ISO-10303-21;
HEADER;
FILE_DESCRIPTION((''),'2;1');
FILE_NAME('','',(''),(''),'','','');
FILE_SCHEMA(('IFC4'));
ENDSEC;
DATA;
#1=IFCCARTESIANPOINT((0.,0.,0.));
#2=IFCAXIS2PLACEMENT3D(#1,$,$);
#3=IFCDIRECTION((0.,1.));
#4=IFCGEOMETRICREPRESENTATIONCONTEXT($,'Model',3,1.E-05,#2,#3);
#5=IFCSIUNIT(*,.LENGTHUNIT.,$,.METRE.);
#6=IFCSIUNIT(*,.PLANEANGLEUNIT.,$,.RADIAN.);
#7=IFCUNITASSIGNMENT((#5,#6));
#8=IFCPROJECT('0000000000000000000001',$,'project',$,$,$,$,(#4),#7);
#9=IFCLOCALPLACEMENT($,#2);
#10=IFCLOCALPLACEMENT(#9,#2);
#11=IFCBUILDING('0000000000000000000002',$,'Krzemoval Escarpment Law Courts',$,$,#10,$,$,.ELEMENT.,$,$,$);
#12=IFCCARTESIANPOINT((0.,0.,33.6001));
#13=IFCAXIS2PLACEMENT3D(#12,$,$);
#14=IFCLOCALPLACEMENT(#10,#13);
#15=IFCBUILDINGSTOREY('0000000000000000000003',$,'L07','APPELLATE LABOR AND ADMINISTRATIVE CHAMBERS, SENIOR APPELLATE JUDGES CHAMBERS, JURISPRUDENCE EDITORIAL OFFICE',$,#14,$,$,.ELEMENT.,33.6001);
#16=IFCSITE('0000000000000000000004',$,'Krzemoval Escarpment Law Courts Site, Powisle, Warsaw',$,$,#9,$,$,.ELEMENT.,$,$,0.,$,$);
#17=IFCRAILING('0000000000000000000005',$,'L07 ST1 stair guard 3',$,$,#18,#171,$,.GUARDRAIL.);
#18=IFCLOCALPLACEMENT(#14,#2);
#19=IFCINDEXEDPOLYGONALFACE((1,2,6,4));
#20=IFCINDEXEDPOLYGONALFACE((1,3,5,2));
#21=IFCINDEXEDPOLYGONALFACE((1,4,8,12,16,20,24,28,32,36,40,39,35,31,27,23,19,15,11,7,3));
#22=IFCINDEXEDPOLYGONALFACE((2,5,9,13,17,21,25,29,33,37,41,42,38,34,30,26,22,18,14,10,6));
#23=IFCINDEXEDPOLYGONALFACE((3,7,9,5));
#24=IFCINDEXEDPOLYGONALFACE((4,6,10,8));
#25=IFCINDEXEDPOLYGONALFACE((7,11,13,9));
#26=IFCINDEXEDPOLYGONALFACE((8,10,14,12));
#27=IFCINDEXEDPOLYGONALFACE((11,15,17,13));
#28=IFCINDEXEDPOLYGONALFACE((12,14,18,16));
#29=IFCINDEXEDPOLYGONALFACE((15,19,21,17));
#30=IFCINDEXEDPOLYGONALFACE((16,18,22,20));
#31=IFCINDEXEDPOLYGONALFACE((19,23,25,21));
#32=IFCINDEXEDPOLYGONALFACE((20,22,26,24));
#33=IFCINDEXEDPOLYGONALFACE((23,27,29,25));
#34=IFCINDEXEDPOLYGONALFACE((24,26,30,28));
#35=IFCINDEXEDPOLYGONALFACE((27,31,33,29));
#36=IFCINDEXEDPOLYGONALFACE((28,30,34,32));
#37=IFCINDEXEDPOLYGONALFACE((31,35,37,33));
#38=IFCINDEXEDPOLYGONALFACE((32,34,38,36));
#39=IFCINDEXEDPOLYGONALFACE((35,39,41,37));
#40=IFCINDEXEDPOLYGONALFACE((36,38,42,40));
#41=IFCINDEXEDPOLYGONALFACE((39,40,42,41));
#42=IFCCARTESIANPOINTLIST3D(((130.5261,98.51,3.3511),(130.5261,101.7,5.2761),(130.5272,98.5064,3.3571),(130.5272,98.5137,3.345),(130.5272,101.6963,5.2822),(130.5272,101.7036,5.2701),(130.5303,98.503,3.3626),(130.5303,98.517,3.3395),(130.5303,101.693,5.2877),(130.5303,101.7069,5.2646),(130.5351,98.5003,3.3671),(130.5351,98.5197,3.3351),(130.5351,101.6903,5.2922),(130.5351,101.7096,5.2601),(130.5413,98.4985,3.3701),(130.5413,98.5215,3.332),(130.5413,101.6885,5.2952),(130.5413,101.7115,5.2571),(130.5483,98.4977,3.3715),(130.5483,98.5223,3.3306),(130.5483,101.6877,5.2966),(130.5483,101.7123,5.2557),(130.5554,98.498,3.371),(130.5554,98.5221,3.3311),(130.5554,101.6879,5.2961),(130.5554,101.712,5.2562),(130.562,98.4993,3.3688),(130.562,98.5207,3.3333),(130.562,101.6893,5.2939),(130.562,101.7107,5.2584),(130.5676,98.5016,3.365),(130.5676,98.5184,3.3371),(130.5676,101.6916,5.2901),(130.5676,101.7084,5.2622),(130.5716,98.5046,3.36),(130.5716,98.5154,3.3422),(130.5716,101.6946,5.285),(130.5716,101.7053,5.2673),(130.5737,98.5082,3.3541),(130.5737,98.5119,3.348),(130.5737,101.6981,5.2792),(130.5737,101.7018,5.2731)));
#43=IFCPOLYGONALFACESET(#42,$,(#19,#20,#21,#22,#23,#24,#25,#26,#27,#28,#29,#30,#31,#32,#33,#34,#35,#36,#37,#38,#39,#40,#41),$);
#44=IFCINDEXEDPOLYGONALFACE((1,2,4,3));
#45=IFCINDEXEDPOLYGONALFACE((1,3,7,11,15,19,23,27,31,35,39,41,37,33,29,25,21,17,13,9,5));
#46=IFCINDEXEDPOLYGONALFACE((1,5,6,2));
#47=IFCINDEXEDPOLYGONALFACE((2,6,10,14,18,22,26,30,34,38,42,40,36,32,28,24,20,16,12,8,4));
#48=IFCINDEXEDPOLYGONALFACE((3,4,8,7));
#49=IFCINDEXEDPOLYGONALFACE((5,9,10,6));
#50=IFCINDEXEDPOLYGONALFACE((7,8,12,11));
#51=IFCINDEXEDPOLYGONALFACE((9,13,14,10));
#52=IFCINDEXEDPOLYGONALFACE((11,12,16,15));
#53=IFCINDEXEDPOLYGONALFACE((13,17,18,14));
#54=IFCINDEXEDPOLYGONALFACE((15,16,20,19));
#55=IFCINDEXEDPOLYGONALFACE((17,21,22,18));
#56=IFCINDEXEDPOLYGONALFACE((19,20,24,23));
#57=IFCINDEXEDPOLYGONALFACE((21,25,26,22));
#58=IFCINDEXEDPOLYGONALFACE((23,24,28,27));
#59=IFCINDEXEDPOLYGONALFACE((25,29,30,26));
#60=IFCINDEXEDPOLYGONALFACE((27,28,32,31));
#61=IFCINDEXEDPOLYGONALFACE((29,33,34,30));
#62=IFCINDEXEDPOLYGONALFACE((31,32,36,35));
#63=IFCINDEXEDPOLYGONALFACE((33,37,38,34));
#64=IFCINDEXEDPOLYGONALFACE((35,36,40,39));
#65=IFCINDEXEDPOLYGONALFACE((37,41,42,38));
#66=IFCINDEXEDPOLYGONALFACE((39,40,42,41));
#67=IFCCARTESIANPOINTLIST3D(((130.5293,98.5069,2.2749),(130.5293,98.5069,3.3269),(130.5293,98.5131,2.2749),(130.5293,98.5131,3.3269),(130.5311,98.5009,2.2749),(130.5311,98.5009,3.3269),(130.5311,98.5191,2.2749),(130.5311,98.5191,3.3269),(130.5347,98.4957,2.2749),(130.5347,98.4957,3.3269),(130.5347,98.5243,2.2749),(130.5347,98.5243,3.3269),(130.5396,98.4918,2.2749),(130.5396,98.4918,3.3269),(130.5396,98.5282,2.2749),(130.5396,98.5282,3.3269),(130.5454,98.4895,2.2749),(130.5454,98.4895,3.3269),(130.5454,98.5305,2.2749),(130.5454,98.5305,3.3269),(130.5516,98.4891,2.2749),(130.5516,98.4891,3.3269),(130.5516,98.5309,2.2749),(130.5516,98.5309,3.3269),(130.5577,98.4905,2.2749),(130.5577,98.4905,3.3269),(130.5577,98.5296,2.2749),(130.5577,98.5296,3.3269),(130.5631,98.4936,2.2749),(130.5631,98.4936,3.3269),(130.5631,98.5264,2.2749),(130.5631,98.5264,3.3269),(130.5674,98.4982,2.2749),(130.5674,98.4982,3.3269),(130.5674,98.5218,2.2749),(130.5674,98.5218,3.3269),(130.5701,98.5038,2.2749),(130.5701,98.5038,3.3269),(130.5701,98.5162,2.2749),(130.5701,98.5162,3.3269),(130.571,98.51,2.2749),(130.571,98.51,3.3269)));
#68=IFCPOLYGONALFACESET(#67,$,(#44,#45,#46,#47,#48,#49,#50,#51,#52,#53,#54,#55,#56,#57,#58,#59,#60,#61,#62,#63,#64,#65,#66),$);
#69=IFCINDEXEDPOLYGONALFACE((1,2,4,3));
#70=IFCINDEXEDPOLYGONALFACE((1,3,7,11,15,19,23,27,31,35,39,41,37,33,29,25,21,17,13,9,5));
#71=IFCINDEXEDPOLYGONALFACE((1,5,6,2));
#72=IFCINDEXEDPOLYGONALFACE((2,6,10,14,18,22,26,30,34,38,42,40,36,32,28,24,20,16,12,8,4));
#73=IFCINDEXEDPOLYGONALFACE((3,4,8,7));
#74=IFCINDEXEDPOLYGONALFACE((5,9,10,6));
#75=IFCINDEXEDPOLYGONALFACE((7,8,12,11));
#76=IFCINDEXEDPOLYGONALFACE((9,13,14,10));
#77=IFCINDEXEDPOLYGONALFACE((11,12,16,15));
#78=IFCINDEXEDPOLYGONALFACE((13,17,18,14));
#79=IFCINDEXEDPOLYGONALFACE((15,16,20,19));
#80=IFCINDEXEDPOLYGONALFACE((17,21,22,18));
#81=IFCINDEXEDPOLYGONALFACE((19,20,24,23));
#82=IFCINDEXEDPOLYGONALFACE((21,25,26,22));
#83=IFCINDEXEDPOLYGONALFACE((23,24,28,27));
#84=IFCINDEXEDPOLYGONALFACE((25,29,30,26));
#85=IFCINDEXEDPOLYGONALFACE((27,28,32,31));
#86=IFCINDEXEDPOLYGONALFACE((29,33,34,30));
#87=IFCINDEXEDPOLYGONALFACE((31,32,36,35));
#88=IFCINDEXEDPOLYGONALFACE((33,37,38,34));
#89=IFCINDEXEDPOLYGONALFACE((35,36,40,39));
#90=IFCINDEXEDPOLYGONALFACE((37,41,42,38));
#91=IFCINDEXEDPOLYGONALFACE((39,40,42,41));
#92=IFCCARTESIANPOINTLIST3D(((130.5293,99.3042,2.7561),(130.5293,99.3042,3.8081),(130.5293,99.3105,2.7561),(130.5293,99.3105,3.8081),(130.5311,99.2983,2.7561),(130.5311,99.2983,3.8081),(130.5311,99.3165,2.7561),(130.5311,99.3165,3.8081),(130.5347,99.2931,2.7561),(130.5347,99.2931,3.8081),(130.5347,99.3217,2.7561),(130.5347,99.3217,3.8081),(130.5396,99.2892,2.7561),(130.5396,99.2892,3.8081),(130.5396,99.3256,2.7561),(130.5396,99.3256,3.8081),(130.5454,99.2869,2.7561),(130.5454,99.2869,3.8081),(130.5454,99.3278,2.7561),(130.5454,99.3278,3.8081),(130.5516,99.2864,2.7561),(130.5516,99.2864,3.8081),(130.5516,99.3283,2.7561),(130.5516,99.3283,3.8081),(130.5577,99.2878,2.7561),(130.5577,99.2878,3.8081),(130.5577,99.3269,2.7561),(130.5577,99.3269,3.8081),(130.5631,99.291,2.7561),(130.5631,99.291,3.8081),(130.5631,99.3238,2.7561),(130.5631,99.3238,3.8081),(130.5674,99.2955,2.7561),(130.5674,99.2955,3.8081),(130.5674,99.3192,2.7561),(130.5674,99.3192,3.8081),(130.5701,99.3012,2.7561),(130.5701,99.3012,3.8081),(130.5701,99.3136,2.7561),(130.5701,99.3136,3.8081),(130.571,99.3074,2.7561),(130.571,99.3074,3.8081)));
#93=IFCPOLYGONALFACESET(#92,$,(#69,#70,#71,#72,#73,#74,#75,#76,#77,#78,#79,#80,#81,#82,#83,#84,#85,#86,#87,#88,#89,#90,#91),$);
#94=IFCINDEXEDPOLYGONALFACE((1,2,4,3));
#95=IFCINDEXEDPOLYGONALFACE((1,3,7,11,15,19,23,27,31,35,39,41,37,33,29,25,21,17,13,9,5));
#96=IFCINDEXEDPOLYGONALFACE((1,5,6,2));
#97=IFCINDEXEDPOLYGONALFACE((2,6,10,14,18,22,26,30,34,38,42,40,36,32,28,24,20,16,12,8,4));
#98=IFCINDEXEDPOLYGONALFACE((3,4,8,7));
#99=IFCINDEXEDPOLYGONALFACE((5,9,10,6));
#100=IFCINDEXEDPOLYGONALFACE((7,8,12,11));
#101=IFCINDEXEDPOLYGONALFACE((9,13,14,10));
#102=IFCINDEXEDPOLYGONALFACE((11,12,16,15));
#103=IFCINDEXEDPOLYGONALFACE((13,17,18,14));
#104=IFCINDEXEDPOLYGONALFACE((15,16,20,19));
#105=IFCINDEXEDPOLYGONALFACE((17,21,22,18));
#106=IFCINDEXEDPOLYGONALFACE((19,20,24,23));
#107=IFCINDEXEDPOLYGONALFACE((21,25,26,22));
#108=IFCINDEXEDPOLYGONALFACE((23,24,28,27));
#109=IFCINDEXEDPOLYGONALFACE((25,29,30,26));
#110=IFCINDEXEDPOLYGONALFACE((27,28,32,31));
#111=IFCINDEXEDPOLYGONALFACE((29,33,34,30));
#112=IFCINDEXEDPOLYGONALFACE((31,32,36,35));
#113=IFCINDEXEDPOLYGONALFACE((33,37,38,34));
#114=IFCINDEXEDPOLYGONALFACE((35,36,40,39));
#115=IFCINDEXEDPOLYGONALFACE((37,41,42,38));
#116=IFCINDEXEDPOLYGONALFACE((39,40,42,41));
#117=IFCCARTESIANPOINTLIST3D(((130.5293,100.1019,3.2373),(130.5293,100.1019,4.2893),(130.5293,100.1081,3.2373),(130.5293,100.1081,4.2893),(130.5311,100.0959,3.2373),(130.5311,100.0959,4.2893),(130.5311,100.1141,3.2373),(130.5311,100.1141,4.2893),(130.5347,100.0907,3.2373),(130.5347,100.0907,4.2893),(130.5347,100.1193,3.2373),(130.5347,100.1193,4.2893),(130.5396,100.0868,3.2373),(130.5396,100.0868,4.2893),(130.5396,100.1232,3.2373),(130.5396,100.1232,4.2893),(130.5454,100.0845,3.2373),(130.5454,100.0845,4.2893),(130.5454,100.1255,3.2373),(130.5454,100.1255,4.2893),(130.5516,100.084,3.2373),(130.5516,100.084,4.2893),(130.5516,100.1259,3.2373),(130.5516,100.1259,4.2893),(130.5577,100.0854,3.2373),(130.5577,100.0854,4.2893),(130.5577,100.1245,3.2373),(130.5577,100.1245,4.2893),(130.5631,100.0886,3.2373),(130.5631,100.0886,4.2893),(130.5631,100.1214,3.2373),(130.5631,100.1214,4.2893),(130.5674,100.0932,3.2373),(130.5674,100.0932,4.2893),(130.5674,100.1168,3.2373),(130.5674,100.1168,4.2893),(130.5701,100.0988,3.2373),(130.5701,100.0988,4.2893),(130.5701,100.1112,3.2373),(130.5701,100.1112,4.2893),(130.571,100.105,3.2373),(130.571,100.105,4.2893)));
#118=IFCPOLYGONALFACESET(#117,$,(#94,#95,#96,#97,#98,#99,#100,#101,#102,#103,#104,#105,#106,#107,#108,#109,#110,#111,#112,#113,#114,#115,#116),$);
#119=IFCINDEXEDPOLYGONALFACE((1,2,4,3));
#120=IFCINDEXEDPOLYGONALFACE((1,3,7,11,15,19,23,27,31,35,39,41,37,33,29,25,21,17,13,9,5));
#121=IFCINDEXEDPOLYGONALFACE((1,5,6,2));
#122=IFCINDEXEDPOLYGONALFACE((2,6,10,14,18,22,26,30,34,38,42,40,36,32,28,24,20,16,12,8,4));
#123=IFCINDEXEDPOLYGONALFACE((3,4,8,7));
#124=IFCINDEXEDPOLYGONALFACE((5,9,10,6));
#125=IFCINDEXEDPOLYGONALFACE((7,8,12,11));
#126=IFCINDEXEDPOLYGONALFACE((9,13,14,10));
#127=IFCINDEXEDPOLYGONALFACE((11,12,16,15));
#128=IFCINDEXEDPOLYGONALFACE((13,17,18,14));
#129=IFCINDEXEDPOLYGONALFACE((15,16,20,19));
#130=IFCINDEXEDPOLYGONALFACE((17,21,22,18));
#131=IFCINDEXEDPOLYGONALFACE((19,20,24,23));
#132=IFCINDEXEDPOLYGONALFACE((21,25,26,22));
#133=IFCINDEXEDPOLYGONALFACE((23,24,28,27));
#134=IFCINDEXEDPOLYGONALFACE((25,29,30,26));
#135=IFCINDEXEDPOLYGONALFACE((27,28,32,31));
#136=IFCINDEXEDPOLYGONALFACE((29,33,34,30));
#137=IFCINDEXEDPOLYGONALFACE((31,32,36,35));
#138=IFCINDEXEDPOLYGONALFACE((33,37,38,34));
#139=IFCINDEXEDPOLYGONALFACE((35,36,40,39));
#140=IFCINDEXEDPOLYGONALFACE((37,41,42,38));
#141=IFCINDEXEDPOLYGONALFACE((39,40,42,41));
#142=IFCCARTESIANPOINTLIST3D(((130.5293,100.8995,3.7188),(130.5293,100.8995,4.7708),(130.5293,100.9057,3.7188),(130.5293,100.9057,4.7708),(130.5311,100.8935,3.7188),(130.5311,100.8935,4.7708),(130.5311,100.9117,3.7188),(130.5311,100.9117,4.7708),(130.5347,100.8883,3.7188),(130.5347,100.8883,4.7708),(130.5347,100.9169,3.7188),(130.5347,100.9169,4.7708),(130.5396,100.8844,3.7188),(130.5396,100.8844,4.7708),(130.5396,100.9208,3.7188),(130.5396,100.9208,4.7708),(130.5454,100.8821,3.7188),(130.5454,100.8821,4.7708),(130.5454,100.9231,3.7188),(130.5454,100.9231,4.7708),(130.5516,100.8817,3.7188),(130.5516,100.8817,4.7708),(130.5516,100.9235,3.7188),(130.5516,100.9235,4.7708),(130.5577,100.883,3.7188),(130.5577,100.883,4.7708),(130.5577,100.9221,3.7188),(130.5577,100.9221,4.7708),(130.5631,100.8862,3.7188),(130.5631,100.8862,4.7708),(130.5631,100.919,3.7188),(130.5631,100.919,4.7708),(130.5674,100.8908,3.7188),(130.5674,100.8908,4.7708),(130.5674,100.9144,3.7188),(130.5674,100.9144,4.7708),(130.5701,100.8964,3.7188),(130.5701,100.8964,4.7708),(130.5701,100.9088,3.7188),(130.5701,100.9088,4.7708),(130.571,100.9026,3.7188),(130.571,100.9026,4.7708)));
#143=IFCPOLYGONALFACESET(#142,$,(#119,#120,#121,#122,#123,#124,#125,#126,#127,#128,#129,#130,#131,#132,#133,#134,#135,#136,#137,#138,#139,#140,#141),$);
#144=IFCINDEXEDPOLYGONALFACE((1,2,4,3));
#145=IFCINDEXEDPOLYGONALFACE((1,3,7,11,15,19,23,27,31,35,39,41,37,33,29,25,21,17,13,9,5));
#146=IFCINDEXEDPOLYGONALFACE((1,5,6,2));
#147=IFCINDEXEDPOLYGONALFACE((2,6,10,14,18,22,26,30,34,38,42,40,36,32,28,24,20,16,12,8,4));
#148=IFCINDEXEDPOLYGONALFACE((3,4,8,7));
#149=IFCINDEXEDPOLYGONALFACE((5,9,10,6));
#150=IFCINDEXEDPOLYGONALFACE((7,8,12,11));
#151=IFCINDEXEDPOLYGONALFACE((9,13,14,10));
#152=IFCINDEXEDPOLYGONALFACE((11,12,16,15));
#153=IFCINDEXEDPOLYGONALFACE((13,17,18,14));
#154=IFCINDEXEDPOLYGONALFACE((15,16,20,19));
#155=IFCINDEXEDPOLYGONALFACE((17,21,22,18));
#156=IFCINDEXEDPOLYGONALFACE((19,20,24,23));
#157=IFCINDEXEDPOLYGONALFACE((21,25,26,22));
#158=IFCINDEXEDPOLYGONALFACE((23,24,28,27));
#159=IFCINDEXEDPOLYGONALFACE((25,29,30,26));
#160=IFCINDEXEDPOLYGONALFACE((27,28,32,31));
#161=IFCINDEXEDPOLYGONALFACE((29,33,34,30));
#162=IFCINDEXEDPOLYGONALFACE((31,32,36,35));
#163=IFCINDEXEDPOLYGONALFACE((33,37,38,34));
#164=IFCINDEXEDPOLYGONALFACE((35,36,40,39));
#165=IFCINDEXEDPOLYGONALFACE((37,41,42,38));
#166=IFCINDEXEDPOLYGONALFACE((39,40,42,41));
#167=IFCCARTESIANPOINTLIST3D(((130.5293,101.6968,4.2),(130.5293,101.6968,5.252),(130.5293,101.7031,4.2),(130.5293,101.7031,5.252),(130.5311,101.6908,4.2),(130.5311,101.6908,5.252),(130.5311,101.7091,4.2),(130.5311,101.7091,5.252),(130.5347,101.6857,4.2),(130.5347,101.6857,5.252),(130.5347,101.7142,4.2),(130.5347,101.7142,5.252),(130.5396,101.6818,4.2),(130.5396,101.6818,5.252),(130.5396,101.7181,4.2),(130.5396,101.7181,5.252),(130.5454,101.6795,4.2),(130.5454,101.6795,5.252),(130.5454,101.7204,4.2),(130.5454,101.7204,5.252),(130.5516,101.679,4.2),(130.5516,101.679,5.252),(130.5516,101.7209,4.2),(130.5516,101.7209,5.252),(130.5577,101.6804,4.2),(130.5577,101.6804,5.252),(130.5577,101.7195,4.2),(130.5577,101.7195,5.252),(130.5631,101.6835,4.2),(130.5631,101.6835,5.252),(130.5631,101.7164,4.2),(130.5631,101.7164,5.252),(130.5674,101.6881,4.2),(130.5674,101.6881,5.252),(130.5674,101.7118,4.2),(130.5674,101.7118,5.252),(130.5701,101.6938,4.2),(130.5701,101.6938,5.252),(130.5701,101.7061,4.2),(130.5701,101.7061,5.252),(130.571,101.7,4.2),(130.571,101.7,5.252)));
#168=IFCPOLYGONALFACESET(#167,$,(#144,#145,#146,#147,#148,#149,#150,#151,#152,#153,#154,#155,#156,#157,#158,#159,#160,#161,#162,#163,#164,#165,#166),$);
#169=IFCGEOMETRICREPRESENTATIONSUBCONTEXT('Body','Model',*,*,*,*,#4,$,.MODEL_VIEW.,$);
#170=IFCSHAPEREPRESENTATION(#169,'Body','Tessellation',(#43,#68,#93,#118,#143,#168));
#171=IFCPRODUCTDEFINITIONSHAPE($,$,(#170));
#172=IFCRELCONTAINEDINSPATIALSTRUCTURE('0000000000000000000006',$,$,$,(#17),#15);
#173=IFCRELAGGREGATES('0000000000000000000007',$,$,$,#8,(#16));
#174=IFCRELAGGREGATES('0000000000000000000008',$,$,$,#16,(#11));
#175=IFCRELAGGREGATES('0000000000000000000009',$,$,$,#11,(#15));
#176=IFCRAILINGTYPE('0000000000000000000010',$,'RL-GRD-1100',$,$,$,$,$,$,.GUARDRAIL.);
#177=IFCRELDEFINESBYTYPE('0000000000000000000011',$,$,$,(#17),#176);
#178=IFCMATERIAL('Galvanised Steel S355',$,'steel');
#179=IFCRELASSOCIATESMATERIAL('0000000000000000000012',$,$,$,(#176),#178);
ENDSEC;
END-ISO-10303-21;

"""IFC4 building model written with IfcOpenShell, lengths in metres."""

from ifc_helpers import new_model, si_unit, direction, frame, origin, origin_2d, place, context, subcontext, project, spatial, circle, extrude, material, type_object, element, save


model = new_model("IFC4")

# Units and contexts
model_context = context("Model", 3, precision=1e-05, world=origin(), true_north=direction((0.0, 1.0)))
body_context = subcontext(model_context, "Body", "Model", "MODEL_VIEW")
ifc_project = project(units=[si_unit("LENGTHUNIT", "METRE"), si_unit("PLANEANGLEUNIT", "RADIAN")], contexts=[model_context])

# Site, building, storey
site_placement = place(None, origin())
site = spatial("IfcSite", under=ifc_project, at=site_placement, Name="Krzemoval Escarpment Law Courts Site, Powisle, Warsaw", CompositionType="ELEMENT", RefElevation=0.0)
building_placement = place(site_placement, origin())
building = spatial("IfcBuilding", under=site, at=building_placement, Name="Krzemoval Escarpment Law Courts", CompositionType="ELEMENT")
storey_placement = place(building_placement, frame((0.0, 0.0, 33.6001)))
storey = spatial("IfcBuildingStorey", under=building, at=storey_placement, Name="L07", Description="APPELLATE LABOR AND ADMINISTRATIVE CHAMBERS, SENIOR APPELLATE JUDGES CHAMBERS, JURISPRUDENCE EDITORIAL OFFICE", CompositionType="ELEMENT", Elevation=33.6001)

# Railing
ifc_material_1 = material(Name="Galvanised Steel S355", Category="steel")
railing_type_1 = type_object("IfcRailingType", Name="RL-GRD-1100", PredefinedType="GUARDRAIL", material=ifc_material_1)
railing_1_placement = place(storey_placement, frame((130.55, 98.51, 2.2749)))
element("IfcRailing", 1, at=railing_1_placement, inside=storey, type_object=railing_type_1, Name="L07 ST1 stair guard 3", PredefinedType="GUARDRAIL", context=body_context, shape_type="SweptSolid", body=[
    extrude(circle(Radius=0.0239, at=origin_2d()), frame((0.0, 0.0, 1.0762), z_axis=(0.0, 0.856178, 0.516682), x_axis=(-1.0, 0.0, 0.0)), (0.0, 0.0, 1.0), 3.7258),
    extrude(circle(Radius=0.021, at=origin_2d()), origin(), (0.0, 0.0, 1.0), 1.052),
    extrude(circle(Radius=0.021, at=origin_2d()), frame((0.0, 0.7974, 0.4812)), (0.0, 0.0, 1.0), 1.052),
    extrude(circle(Radius=0.021, at=origin_2d()), frame((0.0, 1.595, 0.9624)), (0.0, 0.0, 1.0), 1.052),
    extrude(circle(Radius=0.021, at=origin_2d()), frame((0.0, 2.3926, 1.4438)), (0.0, 0.0, 1.0), 1.052),
    extrude(circle(Radius=0.021, at=origin_2d()), frame((0.0, 3.1899, 1.925)), (0.0, 0.0, 1.0), 1.052),
])

save(model, "model.ifc")
